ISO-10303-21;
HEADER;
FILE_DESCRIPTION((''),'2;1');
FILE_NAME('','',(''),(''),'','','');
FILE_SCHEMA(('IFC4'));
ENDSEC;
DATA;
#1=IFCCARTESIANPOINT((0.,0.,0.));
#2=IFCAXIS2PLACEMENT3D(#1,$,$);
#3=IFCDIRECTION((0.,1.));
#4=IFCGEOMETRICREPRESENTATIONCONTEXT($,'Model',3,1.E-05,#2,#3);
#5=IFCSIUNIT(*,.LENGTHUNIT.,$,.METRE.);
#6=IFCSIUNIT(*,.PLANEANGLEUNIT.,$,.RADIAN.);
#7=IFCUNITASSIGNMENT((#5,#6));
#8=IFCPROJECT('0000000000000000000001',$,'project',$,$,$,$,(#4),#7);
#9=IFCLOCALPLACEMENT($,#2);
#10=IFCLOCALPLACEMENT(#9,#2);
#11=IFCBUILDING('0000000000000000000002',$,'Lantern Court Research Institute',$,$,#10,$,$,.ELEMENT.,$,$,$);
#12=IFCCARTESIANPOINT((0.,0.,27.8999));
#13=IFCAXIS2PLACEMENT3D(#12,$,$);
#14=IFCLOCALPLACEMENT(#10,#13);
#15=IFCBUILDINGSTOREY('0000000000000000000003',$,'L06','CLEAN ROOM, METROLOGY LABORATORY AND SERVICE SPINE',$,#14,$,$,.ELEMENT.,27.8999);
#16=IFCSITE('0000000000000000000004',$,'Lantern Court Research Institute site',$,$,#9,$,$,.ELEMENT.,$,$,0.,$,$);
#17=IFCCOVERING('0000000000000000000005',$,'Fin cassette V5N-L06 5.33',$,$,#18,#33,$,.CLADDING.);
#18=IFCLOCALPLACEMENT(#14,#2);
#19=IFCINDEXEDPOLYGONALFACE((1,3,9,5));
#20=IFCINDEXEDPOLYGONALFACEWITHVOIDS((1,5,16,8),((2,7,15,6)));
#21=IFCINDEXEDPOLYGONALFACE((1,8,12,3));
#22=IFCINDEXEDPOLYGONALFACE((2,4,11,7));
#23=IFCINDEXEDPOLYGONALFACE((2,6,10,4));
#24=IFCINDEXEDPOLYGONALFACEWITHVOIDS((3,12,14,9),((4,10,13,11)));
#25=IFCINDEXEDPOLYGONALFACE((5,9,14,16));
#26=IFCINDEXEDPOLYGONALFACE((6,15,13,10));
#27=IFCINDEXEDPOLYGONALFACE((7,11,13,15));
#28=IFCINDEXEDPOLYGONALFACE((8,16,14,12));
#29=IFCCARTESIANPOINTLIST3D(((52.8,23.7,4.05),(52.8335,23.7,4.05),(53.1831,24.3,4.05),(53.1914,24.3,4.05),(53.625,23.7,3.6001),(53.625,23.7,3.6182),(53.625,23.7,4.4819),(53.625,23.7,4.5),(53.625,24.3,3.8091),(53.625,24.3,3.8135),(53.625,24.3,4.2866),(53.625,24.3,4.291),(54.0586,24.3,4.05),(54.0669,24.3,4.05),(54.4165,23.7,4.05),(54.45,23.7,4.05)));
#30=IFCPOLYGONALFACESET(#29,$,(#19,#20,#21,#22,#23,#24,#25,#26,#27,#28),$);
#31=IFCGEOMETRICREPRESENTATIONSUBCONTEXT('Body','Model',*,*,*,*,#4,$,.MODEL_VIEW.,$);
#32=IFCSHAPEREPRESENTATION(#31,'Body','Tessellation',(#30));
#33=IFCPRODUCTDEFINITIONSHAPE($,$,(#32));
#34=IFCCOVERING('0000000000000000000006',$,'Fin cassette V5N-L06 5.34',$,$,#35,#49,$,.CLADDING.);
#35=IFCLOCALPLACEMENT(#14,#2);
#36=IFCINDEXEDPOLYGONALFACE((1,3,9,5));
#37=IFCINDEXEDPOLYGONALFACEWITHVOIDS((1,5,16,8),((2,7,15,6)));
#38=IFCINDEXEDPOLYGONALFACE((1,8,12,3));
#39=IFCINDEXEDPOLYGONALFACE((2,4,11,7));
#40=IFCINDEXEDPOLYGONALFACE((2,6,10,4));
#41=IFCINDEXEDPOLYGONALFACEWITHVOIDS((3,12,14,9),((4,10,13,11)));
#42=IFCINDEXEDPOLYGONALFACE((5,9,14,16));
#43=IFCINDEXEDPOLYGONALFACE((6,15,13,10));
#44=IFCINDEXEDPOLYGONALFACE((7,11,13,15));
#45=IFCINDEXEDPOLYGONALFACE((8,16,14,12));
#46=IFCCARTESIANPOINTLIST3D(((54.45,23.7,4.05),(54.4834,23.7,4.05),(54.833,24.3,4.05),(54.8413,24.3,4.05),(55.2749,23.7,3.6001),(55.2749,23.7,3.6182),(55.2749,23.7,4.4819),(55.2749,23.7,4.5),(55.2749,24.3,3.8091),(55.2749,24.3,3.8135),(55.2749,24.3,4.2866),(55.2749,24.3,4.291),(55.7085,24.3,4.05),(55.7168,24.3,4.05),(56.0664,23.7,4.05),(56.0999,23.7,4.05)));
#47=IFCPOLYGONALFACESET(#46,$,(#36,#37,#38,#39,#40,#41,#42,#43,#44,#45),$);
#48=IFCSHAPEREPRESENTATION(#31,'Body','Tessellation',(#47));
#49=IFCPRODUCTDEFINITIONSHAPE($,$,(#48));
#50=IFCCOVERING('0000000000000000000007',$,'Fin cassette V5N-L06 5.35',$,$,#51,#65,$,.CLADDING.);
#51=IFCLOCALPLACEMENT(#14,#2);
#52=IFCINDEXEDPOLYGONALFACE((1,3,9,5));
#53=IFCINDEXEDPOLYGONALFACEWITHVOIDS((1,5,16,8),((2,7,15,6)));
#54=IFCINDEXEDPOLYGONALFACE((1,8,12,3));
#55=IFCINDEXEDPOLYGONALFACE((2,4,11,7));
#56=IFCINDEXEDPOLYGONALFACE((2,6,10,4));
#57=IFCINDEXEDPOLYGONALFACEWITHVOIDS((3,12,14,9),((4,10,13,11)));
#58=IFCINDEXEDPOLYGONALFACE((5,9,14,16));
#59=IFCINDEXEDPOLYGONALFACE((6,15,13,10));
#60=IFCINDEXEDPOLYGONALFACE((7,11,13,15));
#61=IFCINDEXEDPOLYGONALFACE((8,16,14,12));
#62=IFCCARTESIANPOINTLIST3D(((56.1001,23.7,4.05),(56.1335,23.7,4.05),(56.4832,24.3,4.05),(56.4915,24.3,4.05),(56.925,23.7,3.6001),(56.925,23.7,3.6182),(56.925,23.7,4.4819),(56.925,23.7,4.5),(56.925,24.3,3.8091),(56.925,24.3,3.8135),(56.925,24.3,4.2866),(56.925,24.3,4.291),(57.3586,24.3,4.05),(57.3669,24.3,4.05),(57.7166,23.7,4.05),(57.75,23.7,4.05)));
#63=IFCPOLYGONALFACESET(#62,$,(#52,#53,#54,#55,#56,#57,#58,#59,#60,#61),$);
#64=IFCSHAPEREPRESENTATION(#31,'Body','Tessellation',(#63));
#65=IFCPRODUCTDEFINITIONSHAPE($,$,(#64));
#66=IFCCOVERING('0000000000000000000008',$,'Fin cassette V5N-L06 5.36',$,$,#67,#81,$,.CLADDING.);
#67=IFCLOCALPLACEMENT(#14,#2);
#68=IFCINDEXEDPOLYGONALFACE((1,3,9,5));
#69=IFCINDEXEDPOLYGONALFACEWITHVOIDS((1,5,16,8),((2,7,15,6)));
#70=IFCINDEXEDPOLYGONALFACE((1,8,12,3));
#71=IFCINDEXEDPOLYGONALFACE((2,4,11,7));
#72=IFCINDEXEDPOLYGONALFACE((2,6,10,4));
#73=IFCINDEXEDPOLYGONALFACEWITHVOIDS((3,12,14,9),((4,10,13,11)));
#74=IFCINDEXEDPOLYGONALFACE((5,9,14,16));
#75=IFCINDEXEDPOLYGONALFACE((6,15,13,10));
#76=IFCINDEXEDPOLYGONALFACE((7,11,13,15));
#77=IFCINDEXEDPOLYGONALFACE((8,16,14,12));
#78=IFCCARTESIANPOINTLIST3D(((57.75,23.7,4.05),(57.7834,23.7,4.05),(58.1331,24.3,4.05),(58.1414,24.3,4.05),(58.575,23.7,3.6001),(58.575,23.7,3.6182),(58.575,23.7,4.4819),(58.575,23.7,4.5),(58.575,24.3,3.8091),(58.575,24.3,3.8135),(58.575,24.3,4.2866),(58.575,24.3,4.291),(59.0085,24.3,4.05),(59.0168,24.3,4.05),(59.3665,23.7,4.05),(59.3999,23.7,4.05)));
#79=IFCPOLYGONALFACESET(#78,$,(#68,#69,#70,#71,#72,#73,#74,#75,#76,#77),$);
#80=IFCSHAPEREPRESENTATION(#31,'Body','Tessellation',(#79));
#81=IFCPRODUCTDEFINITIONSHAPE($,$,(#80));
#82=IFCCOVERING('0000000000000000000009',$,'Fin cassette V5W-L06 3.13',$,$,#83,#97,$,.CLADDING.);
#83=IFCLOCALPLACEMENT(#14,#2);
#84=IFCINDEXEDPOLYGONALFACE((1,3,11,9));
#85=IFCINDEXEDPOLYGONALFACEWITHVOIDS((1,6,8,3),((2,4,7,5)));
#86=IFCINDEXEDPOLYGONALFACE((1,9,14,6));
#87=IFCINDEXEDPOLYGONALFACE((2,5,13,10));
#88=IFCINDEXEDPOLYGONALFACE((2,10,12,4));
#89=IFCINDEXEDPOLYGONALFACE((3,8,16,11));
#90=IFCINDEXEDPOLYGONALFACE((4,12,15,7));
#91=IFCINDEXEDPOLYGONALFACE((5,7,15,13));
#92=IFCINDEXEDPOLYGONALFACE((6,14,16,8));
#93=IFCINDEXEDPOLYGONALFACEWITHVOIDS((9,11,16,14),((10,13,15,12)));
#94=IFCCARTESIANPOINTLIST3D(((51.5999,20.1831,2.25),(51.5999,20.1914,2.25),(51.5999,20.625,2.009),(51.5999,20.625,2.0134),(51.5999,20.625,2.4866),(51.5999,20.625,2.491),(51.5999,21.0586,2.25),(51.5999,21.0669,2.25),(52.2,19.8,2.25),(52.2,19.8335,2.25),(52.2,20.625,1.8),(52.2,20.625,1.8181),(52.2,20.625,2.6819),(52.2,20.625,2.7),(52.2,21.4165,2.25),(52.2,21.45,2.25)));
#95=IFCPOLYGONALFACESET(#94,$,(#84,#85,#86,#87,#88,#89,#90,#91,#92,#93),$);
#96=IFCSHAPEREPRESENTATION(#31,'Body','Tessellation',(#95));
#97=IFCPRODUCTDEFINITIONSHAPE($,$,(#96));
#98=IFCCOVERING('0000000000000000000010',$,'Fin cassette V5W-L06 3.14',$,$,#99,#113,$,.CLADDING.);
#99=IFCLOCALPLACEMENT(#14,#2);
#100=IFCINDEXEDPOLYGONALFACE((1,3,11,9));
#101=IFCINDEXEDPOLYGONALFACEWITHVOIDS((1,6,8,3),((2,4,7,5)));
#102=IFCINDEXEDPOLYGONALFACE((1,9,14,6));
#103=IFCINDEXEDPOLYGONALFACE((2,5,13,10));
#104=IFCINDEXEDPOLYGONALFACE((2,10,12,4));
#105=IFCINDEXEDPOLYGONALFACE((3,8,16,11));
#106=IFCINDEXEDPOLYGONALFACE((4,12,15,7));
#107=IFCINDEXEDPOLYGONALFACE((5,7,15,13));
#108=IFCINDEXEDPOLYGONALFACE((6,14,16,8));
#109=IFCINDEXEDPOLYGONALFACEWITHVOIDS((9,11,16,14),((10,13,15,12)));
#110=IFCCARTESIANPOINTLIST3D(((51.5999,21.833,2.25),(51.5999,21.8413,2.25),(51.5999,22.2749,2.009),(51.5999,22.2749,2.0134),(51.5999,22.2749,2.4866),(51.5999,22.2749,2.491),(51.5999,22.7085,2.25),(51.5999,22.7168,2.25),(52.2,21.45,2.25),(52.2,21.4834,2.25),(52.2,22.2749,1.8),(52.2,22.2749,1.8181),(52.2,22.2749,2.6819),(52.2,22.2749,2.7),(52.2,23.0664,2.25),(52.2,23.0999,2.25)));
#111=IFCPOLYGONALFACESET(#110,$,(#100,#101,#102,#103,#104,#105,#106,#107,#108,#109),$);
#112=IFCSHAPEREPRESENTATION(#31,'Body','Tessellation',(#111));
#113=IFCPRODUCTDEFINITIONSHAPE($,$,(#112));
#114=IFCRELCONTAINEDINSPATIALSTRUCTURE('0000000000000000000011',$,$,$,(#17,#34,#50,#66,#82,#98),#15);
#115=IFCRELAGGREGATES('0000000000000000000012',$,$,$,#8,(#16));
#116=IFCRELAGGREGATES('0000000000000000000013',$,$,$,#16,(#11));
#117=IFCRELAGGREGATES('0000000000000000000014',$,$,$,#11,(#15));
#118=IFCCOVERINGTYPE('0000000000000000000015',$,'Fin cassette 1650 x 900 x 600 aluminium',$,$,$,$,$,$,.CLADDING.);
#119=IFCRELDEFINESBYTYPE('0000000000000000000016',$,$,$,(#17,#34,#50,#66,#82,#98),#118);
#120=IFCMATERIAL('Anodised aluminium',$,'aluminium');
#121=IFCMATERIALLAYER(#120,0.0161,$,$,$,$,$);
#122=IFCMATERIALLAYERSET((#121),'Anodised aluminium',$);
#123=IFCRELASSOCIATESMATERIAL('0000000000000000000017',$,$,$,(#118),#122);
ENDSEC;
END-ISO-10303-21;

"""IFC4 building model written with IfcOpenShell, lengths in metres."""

from ifc_helpers import new_model, entity, si_unit, direction, frame, origin, place, context, subcontext, project, spatial, material, layer, layer_set, type_object, element, save


model = new_model("IFC4")

# Units and contexts
model_context = context("Model", 3, precision=1e-05, world=origin(), true_north=direction((0.0, 1.0)))
body_context = subcontext(model_context, "Body", "Model", "MODEL_VIEW")
ifc_project = project(units=[si_unit("LENGTHUNIT", "METRE"), si_unit("PLANEANGLEUNIT", "RADIAN")], contexts=[model_context])

# Site, building, storey
site_placement = place(None, origin())
site = spatial("IfcSite", under=ifc_project, at=site_placement, Name="Lantern Court Research Institute site", CompositionType="ELEMENT", RefElevation=0.0)
building_placement = place(site_placement, origin())
building = spatial("IfcBuilding", under=site, at=building_placement, Name="Lantern Court Research Institute", CompositionType="ELEMENT")
storey_placement = place(building_placement, frame((0.0, 0.0, 27.8999)))
storey = spatial("IfcBuildingStorey", under=building, at=storey_placement, Name="L06", Description="CLEAN ROOM, METROLOGY LABORATORY AND SERVICE SPINE", CompositionType="ELEMENT", Elevation=27.8999)

# Coverings
ifc_material_1 = material(Name="Anodised aluminium", Category="aluminium")
ifc_layer_1 = layer(ifc_material_1, 0.0161)
ifc_layer_set_1 = layer_set([ifc_layer_1], Name="Anodised aluminium")
covering_type = type_object("IfcCoveringType", Name="Fin cassette 1650 x 900 x 600 aluminium", PredefinedType="CLADDING", material=ifc_layer_set_1)
covering_1_placement = place(storey_placement, frame((53.625, 23.7, 4.05), z_axis=(0.0, 1.0, 0.0), x_axis=(-1.0, 0.0, 0.0)))
cartesian_point_1 = entity("IfcCartesianPoint", [0.825, 0.0])
cartesian_point_2 = entity("IfcCartesianPoint", [0.7915, 0.0])
cartesian_point_3 = entity("IfcCartesianPoint", [0.4419, 0.0])
cartesian_point_4 = entity("IfcCartesianPoint", [0.4336, 0.0])
element("IfcCovering", 1, at=covering_1_placement, inside=storey, type_object=covering_type, Name="Fin cassette V5N-L06 5.33", PredefinedType="CLADDING", context=body_context, shape_type="SweptSolid", body=[
    entity("IfcExtrudedAreaSolidTapered", entity("IfcArbitraryProfileDefWithVoids", "AREA", None, entity("IfcPolyline", [cartesian_point_1, entity("IfcCartesianPoint", [0.0, 0.45]), entity("IfcCartesianPoint", [-0.825, 0.0]), entity("IfcCartesianPoint", [0.0, -0.45]), cartesian_point_1]), [entity("IfcPolyline", [cartesian_point_2, entity("IfcCartesianPoint", [0.0, 0.4319]), entity("IfcCartesianPoint", [-0.7915, 0.0]), entity("IfcCartesianPoint", [0.0, -0.4319]), cartesian_point_2])]), entity("IfcAxis2Placement3D", entity("IfcCartesianPoint", [0.0, 0.0, 0.0])), entity("IfcDirection", [0.0, 0.0, 1.0]), 0.6001, entity("IfcArbitraryProfileDefWithVoids", "AREA", None, entity("IfcPolyline", [cartesian_point_3, entity("IfcCartesianPoint", [0.0, 0.241]), entity("IfcCartesianPoint", [-0.4419, 0.0]), entity("IfcCartesianPoint", [0.0, -0.241]), cartesian_point_3]), [entity("IfcPolyline", [cartesian_point_4, entity("IfcCartesianPoint", [0.0, 0.2366]), entity("IfcCartesianPoint", [-0.4336, 0.0]), entity("IfcCartesianPoint", [0.0, -0.2366]), cartesian_point_4])])),
])
covering_2_placement = place(storey_placement, frame((55.2749, 23.7, 4.05), z_axis=(0.0, 1.0, 0.0), x_axis=(-1.0, 0.0, 0.0)))
cartesian_point_5 = entity("IfcCartesianPoint", [0.825, 0.0])
cartesian_point_6 = entity("IfcCartesianPoint", [0.7915, 0.0])
cartesian_point_7 = entity("IfcCartesianPoint", [0.4419, 0.0])
cartesian_point_8 = entity("IfcCartesianPoint", [0.4336, 0.0])
element("IfcCovering", 2, at=covering_2_placement, inside=storey, type_object=covering_type, Name="Fin cassette V5N-L06 5.34", PredefinedType="CLADDING", context=body_context, shape_type="SweptSolid", body=[
    entity("IfcExtrudedAreaSolidTapered", entity("IfcArbitraryProfileDefWithVoids", "AREA", None, entity("IfcPolyline", [cartesian_point_5, entity("IfcCartesianPoint", [0.0, 0.45]), entity("IfcCartesianPoint", [-0.825, 0.0]), entity("IfcCartesianPoint", [0.0, -0.45]), cartesian_point_5]), [entity("IfcPolyline", [cartesian_point_6, entity("IfcCartesianPoint", [0.0, 0.4319]), entity("IfcCartesianPoint", [-0.7915, 0.0]), entity("IfcCartesianPoint", [0.0, -0.4319]), cartesian_point_6])]), entity("IfcAxis2Placement3D", entity("IfcCartesianPoint", [0.0, 0.0, 0.0])), entity("IfcDirection", [0.0, 0.0, 1.0]), 0.6001, entity("IfcArbitraryProfileDefWithVoids", "AREA", None, entity("IfcPolyline", [cartesian_point_7, entity("IfcCartesianPoint", [0.0, 0.241]), entity("IfcCartesianPoint", [-0.4419, 0.0]), entity("IfcCartesianPoint", [0.0, -0.241]), cartesian_point_7]), [entity("IfcPolyline", [cartesian_point_8, entity("IfcCartesianPoint", [0.0, 0.2366]), entity("IfcCartesianPoint", [-0.4336, 0.0]), entity("IfcCartesianPoint", [0.0, -0.2366]), cartesian_point_8])])),
])
covering_3_placement = place(storey_placement, frame((56.925, 23.7, 4.05), z_axis=(0.0, 1.0, 0.0), x_axis=(-1.0, 0.0, 0.0)))
cartesian_point_9 = entity("IfcCartesianPoint", [0.825, 0.0])
cartesian_point_10 = entity("IfcCartesianPoint", [0.7915, 0.0])
cartesian_point_11 = entity("IfcCartesianPoint", [0.4419, 0.0])
cartesian_point_12 = entity("IfcCartesianPoint", [0.4336, 0.0])
element("IfcCovering", 3, at=covering_3_placement, inside=storey, type_object=covering_type, Name="Fin cassette V5N-L06 5.35", PredefinedType="CLADDING", context=body_context, shape_type="SweptSolid", body=[
    entity("IfcExtrudedAreaSolidTapered", entity("IfcArbitraryProfileDefWithVoids", "AREA", None, entity("IfcPolyline", [cartesian_point_9, entity("IfcCartesianPoint", [0.0, 0.45]), entity("IfcCartesianPoint", [-0.825, 0.0]), entity("IfcCartesianPoint", [0.0, -0.45]), cartesian_point_9]), [entity("IfcPolyline", [cartesian_point_10, entity("IfcCartesianPoint", [0.0, 0.4319]), entity("IfcCartesianPoint", [-0.7915, 0.0]), entity("IfcCartesianPoint", [0.0, -0.4319]), cartesian_point_10])]), entity("IfcAxis2Placement3D", entity("IfcCartesianPoint", [0.0, 0.0, 0.0])), entity("IfcDirection", [0.0, 0.0, 1.0]), 0.6001, entity("IfcArbitraryProfileDefWithVoids", "AREA", None, entity("IfcPolyline", [cartesian_point_11, entity("IfcCartesianPoint", [0.0, 0.241]), entity("IfcCartesianPoint", [-0.4419, 0.0]), entity("IfcCartesianPoint", [0.0, -0.241]), cartesian_point_11]), [entity("IfcPolyline", [cartesian_point_12, entity("IfcCartesianPoint", [0.0, 0.2366]), entity("IfcCartesianPoint", [-0.4336, 0.0]), entity("IfcCartesianPoint", [0.0, -0.2366]), cartesian_point_12])])),
])
covering_4_placement = place(storey_placement, frame((58.575, 23.7, 4.05), z_axis=(0.0, 1.0, 0.0), x_axis=(-1.0, 0.0, 0.0)))
cartesian_point_13 = entity("IfcCartesianPoint", [0.825, 0.0])
cartesian_point_14 = entity("IfcCartesianPoint", [0.7915, 0.0])
cartesian_point_15 = entity("IfcCartesianPoint", [0.4419, 0.0])
cartesian_point_16 = entity("IfcCartesianPoint", [0.4336, 0.0])
element("IfcCovering", 4, at=covering_4_placement, inside=storey, type_object=covering_type, Name="Fin cassette V5N-L06 5.36", PredefinedType="CLADDING", context=body_context, shape_type="SweptSolid", body=[
    entity("IfcExtrudedAreaSolidTapered", entity("IfcArbitraryProfileDefWithVoids", "AREA", None, entity("IfcPolyline", [cartesian_point_13, entity("IfcCartesianPoint", [0.0, 0.45]), entity("IfcCartesianPoint", [-0.825, 0.0]), entity("IfcCartesianPoint", [0.0, -0.45]), cartesian_point_13]), [entity("IfcPolyline", [cartesian_point_14, entity("IfcCartesianPoint", [0.0, 0.4319]), entity("IfcCartesianPoint", [-0.7915, 0.0]), entity("IfcCartesianPoint", [0.0, -0.4319]), cartesian_point_14])]), entity("IfcAxis2Placement3D", entity("IfcCartesianPoint", [0.0, 0.0, 0.0])), entity("IfcDirection", [0.0, 0.0, 1.0]), 0.6001, entity("IfcArbitraryProfileDefWithVoids", "AREA", None, entity("IfcPolyline", [cartesian_point_15, entity("IfcCartesianPoint", [0.0, 0.241]), entity("IfcCartesianPoint", [-0.4419, 0.0]), entity("IfcCartesianPoint", [0.0, -0.241]), cartesian_point_15]), [entity("IfcPolyline", [cartesian_point_16, entity("IfcCartesianPoint", [0.0, 0.2366]), entity("IfcCartesianPoint", [-0.4336, 0.0]), entity("IfcCartesianPoint", [0.0, -0.2366]), cartesian_point_16])])),
])
covering_5_placement = place(storey_placement, frame((52.2, 20.625, 2.25), z_axis=(-1.0, 0.0, 0.0), x_axis=(0.0, -1.0, 0.0)))
cartesian_point_17 = entity("IfcCartesianPoint", [0.825, 0.0])
cartesian_point_18 = entity("IfcCartesianPoint", [0.7915, 0.0])
cartesian_point_19 = entity("IfcCartesianPoint", [0.4419, 0.0])
cartesian_point_20 = entity("IfcCartesianPoint", [0.4336, 0.0])
element("IfcCovering", 5, at=covering_5_placement, inside=storey, type_object=covering_type, Name="Fin cassette V5W-L06 3.13", PredefinedType="CLADDING", context=body_context, shape_type="SweptSolid", body=[
    entity("IfcExtrudedAreaSolidTapered", entity("IfcArbitraryProfileDefWithVoids", "AREA", None, entity("IfcPolyline", [cartesian_point_17, entity("IfcCartesianPoint", [0.0, 0.45]), entity("IfcCartesianPoint", [-0.825, 0.0]), entity("IfcCartesianPoint", [0.0, -0.45]), cartesian_point_17]), [entity("IfcPolyline", [cartesian_point_18, entity("IfcCartesianPoint", [0.0, 0.4319]), entity("IfcCartesianPoint", [-0.7915, 0.0]), entity("IfcCartesianPoint", [0.0, -0.4319]), cartesian_point_18])]), entity("IfcAxis2Placement3D", entity("IfcCartesianPoint", [0.0, 0.0, 0.0])), entity("IfcDirection", [0.0, 0.0, 1.0]), 0.6001, entity("IfcArbitraryProfileDefWithVoids", "AREA", None, entity("IfcPolyline", [cartesian_point_19, entity("IfcCartesianPoint", [0.0, 0.241]), entity("IfcCartesianPoint", [-0.4419, 0.0]), entity("IfcCartesianPoint", [0.0, -0.241]), cartesian_point_19]), [entity("IfcPolyline", [cartesian_point_20, entity("IfcCartesianPoint", [0.0, 0.2366]), entity("IfcCartesianPoint", [-0.4336, 0.0]), entity("IfcCartesianPoint", [0.0, -0.2366]), cartesian_point_20])])),
])
covering_6_placement = place(storey_placement, frame((52.2, 22.2749, 2.25), z_axis=(-1.0, 0.0, 0.0), x_axis=(0.0, -1.0, 0.0)))
cartesian_point_21 = entity("IfcCartesianPoint", [0.825, 0.0])
cartesian_point_22 = entity("IfcCartesianPoint", [0.7915, 0.0])
cartesian_point_23 = entity("IfcCartesianPoint", [0.4419, 0.0])
cartesian_point_24 = entity("IfcCartesianPoint", [0.4336, 0.0])
element("IfcCovering", 6, at=covering_6_placement, inside=storey, type_object=covering_type, Name="Fin cassette V5W-L06 3.14", PredefinedType="CLADDING", context=body_context, shape_type="SweptSolid", body=[
    entity("IfcExtrudedAreaSolidTapered", entity("IfcArbitraryProfileDefWithVoids", "AREA", None, entity("IfcPolyline", [cartesian_point_21, entity("IfcCartesianPoint", [0.0, 0.45]), entity("IfcCartesianPoint", [-0.825, 0.0]), entity("IfcCartesianPoint", [0.0, -0.45]), cartesian_point_21]), [entity("IfcPolyline", [cartesian_point_22, entity("IfcCartesianPoint", [0.0, 0.4319]), entity("IfcCartesianPoint", [-0.7915, 0.0]), entity("IfcCartesianPoint", [0.0, -0.4319]), cartesian_point_22])]), entity("IfcAxis2Placement3D", entity("IfcCartesianPoint", [0.0, 0.0, 0.0])), entity("IfcDirection", [0.0, 0.0, 1.0]), 0.6001, entity("IfcArbitraryProfileDefWithVoids", "AREA", None, entity("IfcPolyline", [cartesian_point_23, entity("IfcCartesianPoint", [0.0, 0.241]), entity("IfcCartesianPoint", [-0.4419, 0.0]), entity("IfcCartesianPoint", [0.0, -0.241]), cartesian_point_23]), [entity("IfcPolyline", [cartesian_point_24, entity("IfcCartesianPoint", [0.0, 0.2366]), entity("IfcCartesianPoint", [-0.4336, 0.0]), entity("IfcCartesianPoint", [0.0, -0.2366]), cartesian_point_24])])),
])

save(model, "model.ifc")
